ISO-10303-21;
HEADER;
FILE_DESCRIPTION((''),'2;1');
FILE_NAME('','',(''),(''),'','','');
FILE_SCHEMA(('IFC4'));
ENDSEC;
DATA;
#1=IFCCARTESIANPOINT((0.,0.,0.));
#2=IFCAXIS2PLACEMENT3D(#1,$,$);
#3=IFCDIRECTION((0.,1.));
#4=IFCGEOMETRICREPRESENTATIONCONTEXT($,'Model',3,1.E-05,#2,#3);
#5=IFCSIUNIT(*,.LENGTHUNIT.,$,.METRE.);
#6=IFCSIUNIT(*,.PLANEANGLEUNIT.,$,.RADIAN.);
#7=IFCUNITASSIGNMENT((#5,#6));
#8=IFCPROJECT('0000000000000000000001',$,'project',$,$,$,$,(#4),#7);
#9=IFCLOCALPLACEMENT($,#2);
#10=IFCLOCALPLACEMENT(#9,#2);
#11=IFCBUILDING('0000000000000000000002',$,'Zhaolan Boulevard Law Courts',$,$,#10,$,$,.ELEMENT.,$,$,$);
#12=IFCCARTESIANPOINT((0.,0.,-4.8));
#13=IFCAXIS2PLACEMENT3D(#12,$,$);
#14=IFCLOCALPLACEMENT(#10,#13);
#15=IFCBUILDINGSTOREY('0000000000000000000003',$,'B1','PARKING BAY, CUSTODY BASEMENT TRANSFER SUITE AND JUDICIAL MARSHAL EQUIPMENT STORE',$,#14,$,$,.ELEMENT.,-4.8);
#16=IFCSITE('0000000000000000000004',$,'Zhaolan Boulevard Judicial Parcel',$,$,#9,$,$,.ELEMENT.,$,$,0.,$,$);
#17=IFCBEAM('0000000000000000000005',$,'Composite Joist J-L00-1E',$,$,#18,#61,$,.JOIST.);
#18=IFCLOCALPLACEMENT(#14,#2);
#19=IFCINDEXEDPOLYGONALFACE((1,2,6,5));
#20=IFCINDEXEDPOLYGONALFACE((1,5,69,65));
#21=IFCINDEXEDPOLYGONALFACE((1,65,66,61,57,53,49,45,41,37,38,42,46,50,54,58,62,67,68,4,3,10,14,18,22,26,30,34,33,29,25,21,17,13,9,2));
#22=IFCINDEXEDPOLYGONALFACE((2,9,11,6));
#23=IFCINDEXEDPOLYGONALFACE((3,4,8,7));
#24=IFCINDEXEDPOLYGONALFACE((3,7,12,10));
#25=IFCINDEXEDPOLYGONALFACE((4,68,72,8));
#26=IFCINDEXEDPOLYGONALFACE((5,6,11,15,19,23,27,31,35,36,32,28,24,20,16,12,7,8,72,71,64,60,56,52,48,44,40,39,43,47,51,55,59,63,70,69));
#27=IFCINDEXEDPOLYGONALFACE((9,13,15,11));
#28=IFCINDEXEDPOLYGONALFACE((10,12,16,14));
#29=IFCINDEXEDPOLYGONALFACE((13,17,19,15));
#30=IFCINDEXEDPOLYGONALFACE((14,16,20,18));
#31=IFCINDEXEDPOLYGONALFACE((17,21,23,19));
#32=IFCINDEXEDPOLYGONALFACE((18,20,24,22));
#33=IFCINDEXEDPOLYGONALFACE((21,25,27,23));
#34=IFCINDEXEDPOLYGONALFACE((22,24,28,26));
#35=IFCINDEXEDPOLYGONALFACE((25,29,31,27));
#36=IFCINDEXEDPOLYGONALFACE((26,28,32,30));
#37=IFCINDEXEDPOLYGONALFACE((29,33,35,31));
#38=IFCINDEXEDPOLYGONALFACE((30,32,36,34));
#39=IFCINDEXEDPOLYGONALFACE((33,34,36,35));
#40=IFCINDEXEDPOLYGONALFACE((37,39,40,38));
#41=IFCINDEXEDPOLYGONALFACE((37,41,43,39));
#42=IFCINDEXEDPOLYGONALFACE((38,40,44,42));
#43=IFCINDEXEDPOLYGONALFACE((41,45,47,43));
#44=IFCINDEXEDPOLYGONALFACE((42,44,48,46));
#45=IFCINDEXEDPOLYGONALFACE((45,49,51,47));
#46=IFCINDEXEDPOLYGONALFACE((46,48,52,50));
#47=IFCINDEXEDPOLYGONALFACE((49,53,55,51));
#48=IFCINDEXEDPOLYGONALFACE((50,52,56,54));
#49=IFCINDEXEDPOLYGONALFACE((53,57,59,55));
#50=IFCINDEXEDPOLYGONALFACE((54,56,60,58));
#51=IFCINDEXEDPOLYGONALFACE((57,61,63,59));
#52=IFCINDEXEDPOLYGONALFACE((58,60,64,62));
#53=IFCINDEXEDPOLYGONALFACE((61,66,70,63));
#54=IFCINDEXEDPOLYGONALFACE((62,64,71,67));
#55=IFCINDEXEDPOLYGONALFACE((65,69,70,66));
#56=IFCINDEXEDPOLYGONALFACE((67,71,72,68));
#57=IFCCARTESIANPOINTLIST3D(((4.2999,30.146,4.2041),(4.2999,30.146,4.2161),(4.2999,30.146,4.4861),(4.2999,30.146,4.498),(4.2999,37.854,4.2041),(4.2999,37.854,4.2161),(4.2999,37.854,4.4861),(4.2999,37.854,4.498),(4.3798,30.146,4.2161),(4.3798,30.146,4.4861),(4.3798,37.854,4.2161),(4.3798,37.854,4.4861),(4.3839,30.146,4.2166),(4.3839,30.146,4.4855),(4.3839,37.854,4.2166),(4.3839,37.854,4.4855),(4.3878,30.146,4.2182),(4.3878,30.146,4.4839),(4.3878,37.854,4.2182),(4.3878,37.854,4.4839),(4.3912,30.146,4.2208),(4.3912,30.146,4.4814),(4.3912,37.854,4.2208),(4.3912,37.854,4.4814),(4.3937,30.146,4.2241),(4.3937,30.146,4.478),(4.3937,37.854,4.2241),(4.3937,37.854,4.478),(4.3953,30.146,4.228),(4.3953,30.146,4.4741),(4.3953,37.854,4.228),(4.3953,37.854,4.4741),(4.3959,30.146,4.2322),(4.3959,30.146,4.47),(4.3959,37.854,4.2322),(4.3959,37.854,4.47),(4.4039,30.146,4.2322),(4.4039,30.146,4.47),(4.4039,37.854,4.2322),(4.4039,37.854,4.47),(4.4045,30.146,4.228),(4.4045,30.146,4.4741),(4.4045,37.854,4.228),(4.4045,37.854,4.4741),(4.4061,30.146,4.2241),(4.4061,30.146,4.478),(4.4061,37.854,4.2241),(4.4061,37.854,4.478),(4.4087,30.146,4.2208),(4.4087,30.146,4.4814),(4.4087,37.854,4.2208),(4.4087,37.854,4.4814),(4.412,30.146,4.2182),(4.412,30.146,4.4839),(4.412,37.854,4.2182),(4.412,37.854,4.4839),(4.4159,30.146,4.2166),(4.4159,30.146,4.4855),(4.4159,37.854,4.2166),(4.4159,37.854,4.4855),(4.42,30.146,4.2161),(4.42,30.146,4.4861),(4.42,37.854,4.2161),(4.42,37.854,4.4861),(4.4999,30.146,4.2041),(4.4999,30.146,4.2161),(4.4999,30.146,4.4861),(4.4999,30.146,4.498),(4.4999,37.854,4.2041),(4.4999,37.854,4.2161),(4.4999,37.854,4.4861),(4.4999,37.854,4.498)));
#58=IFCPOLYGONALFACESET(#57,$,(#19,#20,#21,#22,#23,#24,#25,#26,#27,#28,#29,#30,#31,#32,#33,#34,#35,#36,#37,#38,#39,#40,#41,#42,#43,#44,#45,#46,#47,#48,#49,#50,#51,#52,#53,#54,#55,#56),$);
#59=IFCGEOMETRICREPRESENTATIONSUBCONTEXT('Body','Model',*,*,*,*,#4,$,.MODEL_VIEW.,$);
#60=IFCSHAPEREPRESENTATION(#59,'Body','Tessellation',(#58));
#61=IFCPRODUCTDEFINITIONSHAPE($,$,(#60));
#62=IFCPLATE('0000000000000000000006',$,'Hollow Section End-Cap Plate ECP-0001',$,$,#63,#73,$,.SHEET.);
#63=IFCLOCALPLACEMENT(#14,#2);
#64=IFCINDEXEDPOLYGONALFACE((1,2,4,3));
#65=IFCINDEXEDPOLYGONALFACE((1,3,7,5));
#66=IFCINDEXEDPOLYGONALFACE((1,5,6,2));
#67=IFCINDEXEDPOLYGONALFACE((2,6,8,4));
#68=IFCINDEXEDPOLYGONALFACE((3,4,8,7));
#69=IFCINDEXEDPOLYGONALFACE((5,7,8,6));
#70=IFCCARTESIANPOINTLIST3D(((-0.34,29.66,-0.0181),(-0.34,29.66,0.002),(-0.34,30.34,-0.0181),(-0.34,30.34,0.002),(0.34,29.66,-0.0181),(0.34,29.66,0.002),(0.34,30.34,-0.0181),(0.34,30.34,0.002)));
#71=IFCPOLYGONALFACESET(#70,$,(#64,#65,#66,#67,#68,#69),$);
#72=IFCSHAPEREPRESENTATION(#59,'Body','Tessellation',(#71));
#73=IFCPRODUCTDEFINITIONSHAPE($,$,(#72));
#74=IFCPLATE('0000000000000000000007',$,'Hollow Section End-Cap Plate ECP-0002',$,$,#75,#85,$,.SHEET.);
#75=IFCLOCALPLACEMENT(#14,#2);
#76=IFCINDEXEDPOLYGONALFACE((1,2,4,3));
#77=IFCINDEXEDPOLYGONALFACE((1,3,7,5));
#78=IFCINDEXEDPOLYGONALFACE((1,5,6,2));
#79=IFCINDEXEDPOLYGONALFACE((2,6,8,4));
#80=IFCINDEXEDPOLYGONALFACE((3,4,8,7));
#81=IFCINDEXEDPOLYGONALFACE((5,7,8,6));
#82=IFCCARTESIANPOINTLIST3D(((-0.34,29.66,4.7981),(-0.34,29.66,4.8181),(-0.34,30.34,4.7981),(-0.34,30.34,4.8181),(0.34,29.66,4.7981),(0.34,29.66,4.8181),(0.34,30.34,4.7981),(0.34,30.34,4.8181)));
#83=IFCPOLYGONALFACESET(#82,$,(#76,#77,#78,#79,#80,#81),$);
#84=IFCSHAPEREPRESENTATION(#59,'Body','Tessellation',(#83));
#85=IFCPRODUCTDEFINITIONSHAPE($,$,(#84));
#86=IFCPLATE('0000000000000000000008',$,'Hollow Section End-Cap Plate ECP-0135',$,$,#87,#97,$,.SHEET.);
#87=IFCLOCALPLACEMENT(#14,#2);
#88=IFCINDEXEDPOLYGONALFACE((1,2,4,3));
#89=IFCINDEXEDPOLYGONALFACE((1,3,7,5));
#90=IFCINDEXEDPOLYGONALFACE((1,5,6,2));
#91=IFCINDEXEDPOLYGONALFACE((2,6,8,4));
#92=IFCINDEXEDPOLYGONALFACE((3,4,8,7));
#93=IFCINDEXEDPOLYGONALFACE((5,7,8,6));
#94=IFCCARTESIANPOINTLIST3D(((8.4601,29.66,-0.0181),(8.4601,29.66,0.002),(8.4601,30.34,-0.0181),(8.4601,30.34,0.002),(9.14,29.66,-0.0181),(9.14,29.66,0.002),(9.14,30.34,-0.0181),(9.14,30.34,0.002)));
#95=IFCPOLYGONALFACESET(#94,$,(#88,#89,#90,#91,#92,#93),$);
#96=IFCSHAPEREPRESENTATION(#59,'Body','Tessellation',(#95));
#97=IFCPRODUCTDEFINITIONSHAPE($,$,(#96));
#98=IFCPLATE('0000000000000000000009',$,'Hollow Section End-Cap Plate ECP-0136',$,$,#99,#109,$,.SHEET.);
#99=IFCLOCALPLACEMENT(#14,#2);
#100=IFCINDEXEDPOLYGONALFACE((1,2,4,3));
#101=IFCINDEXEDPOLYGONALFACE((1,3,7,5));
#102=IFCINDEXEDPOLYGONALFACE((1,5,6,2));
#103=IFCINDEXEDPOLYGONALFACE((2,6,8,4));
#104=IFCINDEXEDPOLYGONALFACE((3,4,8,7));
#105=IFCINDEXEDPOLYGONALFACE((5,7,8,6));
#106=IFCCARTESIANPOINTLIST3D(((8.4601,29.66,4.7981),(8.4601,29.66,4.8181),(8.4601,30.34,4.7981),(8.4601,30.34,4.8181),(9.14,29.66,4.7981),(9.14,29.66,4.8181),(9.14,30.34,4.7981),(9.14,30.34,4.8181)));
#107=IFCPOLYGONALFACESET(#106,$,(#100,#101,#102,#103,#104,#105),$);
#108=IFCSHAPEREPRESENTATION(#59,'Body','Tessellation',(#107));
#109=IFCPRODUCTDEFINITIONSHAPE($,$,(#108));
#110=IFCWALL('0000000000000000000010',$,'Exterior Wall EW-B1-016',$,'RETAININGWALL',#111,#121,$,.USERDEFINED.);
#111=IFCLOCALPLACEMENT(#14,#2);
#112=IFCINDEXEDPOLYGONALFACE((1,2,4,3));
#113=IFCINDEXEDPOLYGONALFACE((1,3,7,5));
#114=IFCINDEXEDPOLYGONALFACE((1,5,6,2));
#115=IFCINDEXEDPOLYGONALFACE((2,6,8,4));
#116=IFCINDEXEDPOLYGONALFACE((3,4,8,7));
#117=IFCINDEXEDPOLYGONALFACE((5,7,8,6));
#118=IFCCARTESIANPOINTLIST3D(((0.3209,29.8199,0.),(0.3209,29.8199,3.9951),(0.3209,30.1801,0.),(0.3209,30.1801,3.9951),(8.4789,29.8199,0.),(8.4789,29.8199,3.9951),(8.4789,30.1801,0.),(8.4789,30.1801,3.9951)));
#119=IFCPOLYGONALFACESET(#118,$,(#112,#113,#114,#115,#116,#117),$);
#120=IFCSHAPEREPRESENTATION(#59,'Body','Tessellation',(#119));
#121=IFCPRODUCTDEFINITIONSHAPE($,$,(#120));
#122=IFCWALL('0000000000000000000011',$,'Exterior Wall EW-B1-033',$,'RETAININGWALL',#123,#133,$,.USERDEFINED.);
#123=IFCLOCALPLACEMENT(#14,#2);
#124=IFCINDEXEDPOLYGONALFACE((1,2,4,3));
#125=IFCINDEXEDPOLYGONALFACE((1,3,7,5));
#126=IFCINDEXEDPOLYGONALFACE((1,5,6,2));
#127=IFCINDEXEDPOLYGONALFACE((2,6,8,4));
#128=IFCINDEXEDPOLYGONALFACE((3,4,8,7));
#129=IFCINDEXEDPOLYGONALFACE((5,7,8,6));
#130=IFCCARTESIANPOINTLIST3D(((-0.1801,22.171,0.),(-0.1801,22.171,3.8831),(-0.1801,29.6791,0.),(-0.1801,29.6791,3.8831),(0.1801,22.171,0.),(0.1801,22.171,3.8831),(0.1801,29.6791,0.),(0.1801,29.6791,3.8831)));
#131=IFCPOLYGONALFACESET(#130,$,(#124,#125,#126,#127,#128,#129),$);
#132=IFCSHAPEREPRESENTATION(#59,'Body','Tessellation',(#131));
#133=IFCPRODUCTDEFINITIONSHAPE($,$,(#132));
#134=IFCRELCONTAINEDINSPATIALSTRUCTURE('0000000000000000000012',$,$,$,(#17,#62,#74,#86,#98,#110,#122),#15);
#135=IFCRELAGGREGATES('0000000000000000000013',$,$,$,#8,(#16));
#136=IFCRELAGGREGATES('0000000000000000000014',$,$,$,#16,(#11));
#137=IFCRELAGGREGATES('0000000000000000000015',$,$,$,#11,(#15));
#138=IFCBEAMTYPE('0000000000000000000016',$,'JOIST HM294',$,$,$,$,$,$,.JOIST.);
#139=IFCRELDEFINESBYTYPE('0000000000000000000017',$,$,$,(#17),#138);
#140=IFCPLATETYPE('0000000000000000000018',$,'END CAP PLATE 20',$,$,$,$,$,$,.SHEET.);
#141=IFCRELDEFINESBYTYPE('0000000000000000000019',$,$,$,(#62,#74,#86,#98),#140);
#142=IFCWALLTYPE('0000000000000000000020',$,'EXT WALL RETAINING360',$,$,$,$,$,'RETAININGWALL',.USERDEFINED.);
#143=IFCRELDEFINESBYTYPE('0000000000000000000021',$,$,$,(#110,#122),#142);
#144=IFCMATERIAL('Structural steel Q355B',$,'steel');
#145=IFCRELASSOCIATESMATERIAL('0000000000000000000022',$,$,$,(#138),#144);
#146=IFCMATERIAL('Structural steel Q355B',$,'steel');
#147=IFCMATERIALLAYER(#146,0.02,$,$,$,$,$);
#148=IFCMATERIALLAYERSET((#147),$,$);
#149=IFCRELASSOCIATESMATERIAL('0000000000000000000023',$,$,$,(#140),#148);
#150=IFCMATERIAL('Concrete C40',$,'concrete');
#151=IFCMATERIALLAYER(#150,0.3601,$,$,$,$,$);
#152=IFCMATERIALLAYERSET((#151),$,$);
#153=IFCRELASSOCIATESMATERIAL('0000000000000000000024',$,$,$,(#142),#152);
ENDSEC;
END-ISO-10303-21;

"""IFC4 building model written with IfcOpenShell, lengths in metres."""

from ifc_helpers import new_model, si_unit, direction, frame, frame_2d, origin, origin_2d, place, context, subcontext, project, spatial, rectangle, i_section, extrude, material, layer, layer_set, material_profile, profile_set, type_object, element, save


model = new_model("IFC4")

# Units and contexts
model_context = context("Model", 3, precision=1e-05, world=origin(), true_north=direction((0.0, 1.0)))
body_context = subcontext(model_context, "Body", "Model", "MODEL_VIEW")
ifc_project = project(units=[si_unit("LENGTHUNIT", "METRE"), si_unit("PLANEANGLEUNIT", "RADIAN")], contexts=[model_context])

# Site, building, storey
site_placement = place(None, origin())
site = spatial("IfcSite", under=ifc_project, at=site_placement, Name="Zhaolan Boulevard Judicial Parcel", CompositionType="ELEMENT", RefElevation=0.0)
building_placement = place(site_placement, origin())
building = spatial("IfcBuilding", under=site, at=building_placement, Name="Zhaolan Boulevard Law Courts", CompositionType="ELEMENT")
storey_placement = place(building_placement, frame((0.0, 0.0, -4.8)))
storey = spatial("IfcBuildingStorey", under=building, at=storey_placement, Name="B1", Description="PARKING BAY, CUSTODY BASEMENT TRANSFER SUITE AND JUDICIAL MARSHAL EQUIPMENT STORE", CompositionType="ELEMENT", Elevation=-4.8)

# Beam
ifc_material_1 = material(Name="Structural steel Q355B", Category="steel")
ifc_material_profile_1 = material_profile(ifc_material_1, i_section(OverallWidth=0.2, OverallDepth=0.2939, WebThickness=0.0081, FlangeThickness=0.012, FilletRadius=0.0161, at=origin_2d()), Name="HM294x200")
ifc_profile_set_1 = profile_set([ifc_material_profile_1], Name="Structural steel Q355B")
beam_type_1 = type_object("IfcBeamType", Name="JOIST HM294", PredefinedType="JOIST", material=ifc_profile_set_1)
beam_1_placement = place(storey_placement, frame((4.3999, 30.146, 4.3511), z_axis=(0.0, 1.0, 0.0), x_axis=(-1.0, 0.0, 0.0)))
element("IfcBeam", 1, at=beam_1_placement, inside=storey, type_object=beam_type_1, Name="Composite Joist J-L00-1E", PredefinedType="JOIST", context=body_context, shape_type="SweptSolid", body=[
    extrude(i_section(OverallWidth=0.2, OverallDepth=0.2939, WebThickness=0.0081, FlangeThickness=0.012, FilletRadius=0.0161, at=origin_2d()), origin(), (0.0, 0.0, 1.0), 7.708),
])

# Plates
ifc_material_2 = material(Name="Structural steel Q355B", Category="steel")
ifc_layer_1 = layer(ifc_material_2, 0.02)
ifc_layer_set_1 = layer_set([ifc_layer_1])
plate_type = type_object("IfcPlateType", Name="END CAP PLATE 20", PredefinedType="SHEET", material=ifc_layer_set_1)
for number, where, z_axis, x_axis, name in (
    (2, (0.0, 30.0, -0.0181), (0.0, 0.0, 1.0), (1.0, 0.0, 0.0), "Hollow Section End-Cap Plate ECP-0001"),
    (3, (0.0, 30.0, 4.7981), (0.0, 0.0, 1.0), (1.0, 0.0, 0.0), "Hollow Section End-Cap Plate ECP-0002"),
    (4, (8.8, 30.0, -0.0181), (0.0, 0.0, 1.0), (1.0, 0.0, 0.0), "Hollow Section End-Cap Plate ECP-0135"),
    (5, (8.8, 30.0, 4.7981), (0.0, 0.0, 1.0), (1.0, 0.0, 0.0), "Hollow Section End-Cap Plate ECP-0136"),
):
    element("IfcPlate", number, at=place(storey_placement, frame(where, z_axis=z_axis, x_axis=x_axis)), inside=storey, type_object=plate_type, Name=name, PredefinedType="SHEET", context=body_context, shape_type="SweptSolid", body=[
        extrude(rectangle(XDim=0.6799, YDim=0.6799, at=origin_2d()), origin(), (0.0, 0.0, 1.0), 0.02),
    ])

# Walls
ifc_material_3 = material(Name="Concrete C40", Category="concrete")
ifc_layer_2 = layer(ifc_material_3, 0.3601)
ifc_layer_set_2 = layer_set([ifc_layer_2])
wall_type = type_object("IfcWallType", Name="EXT WALL RETAINING360", ElementType="RETAININGWALL", PredefinedType="USERDEFINED", material=ifc_layer_set_2)
wall_1_placement = place(storey_placement, frame((8.479, 30.0, 0.0), z_axis=(0.0, 0.0, 1.0), x_axis=(-1.0, 0.0, 0.0)))
element("IfcWall", 6, at=wall_1_placement, inside=storey, type_object=wall_type, Name="Exterior Wall EW-B1-016", ObjectType="RETAININGWALL", PredefinedType="USERDEFINED", context=body_context, shape_type="SweptSolid", body=[
    extrude(rectangle(XDim=8.158, YDim=0.3601, at=frame_2d((4.0791, 0.0))), origin(), (0.0, 0.0, 1.0), 3.9951),
])
wall_2_placement = place(storey_placement, frame((0.0, 29.679, 0.0), z_axis=(0.0, 0.0, 1.0), x_axis=(0.0, -1.0, 0.0)))
element("IfcWall", 7, at=wall_2_placement, inside=storey, type_object=wall_type, Name="Exterior Wall EW-B1-033", ObjectType="RETAININGWALL", PredefinedType="USERDEFINED", context=body_context, shape_type="SweptSolid", body=[
    extrude(rectangle(XDim=7.5081, YDim=0.3601, at=frame_2d((3.7539, 0.0))), origin(), (0.0, 0.0, 1.0), 3.8831),
])

save(model, "model.ifc")
